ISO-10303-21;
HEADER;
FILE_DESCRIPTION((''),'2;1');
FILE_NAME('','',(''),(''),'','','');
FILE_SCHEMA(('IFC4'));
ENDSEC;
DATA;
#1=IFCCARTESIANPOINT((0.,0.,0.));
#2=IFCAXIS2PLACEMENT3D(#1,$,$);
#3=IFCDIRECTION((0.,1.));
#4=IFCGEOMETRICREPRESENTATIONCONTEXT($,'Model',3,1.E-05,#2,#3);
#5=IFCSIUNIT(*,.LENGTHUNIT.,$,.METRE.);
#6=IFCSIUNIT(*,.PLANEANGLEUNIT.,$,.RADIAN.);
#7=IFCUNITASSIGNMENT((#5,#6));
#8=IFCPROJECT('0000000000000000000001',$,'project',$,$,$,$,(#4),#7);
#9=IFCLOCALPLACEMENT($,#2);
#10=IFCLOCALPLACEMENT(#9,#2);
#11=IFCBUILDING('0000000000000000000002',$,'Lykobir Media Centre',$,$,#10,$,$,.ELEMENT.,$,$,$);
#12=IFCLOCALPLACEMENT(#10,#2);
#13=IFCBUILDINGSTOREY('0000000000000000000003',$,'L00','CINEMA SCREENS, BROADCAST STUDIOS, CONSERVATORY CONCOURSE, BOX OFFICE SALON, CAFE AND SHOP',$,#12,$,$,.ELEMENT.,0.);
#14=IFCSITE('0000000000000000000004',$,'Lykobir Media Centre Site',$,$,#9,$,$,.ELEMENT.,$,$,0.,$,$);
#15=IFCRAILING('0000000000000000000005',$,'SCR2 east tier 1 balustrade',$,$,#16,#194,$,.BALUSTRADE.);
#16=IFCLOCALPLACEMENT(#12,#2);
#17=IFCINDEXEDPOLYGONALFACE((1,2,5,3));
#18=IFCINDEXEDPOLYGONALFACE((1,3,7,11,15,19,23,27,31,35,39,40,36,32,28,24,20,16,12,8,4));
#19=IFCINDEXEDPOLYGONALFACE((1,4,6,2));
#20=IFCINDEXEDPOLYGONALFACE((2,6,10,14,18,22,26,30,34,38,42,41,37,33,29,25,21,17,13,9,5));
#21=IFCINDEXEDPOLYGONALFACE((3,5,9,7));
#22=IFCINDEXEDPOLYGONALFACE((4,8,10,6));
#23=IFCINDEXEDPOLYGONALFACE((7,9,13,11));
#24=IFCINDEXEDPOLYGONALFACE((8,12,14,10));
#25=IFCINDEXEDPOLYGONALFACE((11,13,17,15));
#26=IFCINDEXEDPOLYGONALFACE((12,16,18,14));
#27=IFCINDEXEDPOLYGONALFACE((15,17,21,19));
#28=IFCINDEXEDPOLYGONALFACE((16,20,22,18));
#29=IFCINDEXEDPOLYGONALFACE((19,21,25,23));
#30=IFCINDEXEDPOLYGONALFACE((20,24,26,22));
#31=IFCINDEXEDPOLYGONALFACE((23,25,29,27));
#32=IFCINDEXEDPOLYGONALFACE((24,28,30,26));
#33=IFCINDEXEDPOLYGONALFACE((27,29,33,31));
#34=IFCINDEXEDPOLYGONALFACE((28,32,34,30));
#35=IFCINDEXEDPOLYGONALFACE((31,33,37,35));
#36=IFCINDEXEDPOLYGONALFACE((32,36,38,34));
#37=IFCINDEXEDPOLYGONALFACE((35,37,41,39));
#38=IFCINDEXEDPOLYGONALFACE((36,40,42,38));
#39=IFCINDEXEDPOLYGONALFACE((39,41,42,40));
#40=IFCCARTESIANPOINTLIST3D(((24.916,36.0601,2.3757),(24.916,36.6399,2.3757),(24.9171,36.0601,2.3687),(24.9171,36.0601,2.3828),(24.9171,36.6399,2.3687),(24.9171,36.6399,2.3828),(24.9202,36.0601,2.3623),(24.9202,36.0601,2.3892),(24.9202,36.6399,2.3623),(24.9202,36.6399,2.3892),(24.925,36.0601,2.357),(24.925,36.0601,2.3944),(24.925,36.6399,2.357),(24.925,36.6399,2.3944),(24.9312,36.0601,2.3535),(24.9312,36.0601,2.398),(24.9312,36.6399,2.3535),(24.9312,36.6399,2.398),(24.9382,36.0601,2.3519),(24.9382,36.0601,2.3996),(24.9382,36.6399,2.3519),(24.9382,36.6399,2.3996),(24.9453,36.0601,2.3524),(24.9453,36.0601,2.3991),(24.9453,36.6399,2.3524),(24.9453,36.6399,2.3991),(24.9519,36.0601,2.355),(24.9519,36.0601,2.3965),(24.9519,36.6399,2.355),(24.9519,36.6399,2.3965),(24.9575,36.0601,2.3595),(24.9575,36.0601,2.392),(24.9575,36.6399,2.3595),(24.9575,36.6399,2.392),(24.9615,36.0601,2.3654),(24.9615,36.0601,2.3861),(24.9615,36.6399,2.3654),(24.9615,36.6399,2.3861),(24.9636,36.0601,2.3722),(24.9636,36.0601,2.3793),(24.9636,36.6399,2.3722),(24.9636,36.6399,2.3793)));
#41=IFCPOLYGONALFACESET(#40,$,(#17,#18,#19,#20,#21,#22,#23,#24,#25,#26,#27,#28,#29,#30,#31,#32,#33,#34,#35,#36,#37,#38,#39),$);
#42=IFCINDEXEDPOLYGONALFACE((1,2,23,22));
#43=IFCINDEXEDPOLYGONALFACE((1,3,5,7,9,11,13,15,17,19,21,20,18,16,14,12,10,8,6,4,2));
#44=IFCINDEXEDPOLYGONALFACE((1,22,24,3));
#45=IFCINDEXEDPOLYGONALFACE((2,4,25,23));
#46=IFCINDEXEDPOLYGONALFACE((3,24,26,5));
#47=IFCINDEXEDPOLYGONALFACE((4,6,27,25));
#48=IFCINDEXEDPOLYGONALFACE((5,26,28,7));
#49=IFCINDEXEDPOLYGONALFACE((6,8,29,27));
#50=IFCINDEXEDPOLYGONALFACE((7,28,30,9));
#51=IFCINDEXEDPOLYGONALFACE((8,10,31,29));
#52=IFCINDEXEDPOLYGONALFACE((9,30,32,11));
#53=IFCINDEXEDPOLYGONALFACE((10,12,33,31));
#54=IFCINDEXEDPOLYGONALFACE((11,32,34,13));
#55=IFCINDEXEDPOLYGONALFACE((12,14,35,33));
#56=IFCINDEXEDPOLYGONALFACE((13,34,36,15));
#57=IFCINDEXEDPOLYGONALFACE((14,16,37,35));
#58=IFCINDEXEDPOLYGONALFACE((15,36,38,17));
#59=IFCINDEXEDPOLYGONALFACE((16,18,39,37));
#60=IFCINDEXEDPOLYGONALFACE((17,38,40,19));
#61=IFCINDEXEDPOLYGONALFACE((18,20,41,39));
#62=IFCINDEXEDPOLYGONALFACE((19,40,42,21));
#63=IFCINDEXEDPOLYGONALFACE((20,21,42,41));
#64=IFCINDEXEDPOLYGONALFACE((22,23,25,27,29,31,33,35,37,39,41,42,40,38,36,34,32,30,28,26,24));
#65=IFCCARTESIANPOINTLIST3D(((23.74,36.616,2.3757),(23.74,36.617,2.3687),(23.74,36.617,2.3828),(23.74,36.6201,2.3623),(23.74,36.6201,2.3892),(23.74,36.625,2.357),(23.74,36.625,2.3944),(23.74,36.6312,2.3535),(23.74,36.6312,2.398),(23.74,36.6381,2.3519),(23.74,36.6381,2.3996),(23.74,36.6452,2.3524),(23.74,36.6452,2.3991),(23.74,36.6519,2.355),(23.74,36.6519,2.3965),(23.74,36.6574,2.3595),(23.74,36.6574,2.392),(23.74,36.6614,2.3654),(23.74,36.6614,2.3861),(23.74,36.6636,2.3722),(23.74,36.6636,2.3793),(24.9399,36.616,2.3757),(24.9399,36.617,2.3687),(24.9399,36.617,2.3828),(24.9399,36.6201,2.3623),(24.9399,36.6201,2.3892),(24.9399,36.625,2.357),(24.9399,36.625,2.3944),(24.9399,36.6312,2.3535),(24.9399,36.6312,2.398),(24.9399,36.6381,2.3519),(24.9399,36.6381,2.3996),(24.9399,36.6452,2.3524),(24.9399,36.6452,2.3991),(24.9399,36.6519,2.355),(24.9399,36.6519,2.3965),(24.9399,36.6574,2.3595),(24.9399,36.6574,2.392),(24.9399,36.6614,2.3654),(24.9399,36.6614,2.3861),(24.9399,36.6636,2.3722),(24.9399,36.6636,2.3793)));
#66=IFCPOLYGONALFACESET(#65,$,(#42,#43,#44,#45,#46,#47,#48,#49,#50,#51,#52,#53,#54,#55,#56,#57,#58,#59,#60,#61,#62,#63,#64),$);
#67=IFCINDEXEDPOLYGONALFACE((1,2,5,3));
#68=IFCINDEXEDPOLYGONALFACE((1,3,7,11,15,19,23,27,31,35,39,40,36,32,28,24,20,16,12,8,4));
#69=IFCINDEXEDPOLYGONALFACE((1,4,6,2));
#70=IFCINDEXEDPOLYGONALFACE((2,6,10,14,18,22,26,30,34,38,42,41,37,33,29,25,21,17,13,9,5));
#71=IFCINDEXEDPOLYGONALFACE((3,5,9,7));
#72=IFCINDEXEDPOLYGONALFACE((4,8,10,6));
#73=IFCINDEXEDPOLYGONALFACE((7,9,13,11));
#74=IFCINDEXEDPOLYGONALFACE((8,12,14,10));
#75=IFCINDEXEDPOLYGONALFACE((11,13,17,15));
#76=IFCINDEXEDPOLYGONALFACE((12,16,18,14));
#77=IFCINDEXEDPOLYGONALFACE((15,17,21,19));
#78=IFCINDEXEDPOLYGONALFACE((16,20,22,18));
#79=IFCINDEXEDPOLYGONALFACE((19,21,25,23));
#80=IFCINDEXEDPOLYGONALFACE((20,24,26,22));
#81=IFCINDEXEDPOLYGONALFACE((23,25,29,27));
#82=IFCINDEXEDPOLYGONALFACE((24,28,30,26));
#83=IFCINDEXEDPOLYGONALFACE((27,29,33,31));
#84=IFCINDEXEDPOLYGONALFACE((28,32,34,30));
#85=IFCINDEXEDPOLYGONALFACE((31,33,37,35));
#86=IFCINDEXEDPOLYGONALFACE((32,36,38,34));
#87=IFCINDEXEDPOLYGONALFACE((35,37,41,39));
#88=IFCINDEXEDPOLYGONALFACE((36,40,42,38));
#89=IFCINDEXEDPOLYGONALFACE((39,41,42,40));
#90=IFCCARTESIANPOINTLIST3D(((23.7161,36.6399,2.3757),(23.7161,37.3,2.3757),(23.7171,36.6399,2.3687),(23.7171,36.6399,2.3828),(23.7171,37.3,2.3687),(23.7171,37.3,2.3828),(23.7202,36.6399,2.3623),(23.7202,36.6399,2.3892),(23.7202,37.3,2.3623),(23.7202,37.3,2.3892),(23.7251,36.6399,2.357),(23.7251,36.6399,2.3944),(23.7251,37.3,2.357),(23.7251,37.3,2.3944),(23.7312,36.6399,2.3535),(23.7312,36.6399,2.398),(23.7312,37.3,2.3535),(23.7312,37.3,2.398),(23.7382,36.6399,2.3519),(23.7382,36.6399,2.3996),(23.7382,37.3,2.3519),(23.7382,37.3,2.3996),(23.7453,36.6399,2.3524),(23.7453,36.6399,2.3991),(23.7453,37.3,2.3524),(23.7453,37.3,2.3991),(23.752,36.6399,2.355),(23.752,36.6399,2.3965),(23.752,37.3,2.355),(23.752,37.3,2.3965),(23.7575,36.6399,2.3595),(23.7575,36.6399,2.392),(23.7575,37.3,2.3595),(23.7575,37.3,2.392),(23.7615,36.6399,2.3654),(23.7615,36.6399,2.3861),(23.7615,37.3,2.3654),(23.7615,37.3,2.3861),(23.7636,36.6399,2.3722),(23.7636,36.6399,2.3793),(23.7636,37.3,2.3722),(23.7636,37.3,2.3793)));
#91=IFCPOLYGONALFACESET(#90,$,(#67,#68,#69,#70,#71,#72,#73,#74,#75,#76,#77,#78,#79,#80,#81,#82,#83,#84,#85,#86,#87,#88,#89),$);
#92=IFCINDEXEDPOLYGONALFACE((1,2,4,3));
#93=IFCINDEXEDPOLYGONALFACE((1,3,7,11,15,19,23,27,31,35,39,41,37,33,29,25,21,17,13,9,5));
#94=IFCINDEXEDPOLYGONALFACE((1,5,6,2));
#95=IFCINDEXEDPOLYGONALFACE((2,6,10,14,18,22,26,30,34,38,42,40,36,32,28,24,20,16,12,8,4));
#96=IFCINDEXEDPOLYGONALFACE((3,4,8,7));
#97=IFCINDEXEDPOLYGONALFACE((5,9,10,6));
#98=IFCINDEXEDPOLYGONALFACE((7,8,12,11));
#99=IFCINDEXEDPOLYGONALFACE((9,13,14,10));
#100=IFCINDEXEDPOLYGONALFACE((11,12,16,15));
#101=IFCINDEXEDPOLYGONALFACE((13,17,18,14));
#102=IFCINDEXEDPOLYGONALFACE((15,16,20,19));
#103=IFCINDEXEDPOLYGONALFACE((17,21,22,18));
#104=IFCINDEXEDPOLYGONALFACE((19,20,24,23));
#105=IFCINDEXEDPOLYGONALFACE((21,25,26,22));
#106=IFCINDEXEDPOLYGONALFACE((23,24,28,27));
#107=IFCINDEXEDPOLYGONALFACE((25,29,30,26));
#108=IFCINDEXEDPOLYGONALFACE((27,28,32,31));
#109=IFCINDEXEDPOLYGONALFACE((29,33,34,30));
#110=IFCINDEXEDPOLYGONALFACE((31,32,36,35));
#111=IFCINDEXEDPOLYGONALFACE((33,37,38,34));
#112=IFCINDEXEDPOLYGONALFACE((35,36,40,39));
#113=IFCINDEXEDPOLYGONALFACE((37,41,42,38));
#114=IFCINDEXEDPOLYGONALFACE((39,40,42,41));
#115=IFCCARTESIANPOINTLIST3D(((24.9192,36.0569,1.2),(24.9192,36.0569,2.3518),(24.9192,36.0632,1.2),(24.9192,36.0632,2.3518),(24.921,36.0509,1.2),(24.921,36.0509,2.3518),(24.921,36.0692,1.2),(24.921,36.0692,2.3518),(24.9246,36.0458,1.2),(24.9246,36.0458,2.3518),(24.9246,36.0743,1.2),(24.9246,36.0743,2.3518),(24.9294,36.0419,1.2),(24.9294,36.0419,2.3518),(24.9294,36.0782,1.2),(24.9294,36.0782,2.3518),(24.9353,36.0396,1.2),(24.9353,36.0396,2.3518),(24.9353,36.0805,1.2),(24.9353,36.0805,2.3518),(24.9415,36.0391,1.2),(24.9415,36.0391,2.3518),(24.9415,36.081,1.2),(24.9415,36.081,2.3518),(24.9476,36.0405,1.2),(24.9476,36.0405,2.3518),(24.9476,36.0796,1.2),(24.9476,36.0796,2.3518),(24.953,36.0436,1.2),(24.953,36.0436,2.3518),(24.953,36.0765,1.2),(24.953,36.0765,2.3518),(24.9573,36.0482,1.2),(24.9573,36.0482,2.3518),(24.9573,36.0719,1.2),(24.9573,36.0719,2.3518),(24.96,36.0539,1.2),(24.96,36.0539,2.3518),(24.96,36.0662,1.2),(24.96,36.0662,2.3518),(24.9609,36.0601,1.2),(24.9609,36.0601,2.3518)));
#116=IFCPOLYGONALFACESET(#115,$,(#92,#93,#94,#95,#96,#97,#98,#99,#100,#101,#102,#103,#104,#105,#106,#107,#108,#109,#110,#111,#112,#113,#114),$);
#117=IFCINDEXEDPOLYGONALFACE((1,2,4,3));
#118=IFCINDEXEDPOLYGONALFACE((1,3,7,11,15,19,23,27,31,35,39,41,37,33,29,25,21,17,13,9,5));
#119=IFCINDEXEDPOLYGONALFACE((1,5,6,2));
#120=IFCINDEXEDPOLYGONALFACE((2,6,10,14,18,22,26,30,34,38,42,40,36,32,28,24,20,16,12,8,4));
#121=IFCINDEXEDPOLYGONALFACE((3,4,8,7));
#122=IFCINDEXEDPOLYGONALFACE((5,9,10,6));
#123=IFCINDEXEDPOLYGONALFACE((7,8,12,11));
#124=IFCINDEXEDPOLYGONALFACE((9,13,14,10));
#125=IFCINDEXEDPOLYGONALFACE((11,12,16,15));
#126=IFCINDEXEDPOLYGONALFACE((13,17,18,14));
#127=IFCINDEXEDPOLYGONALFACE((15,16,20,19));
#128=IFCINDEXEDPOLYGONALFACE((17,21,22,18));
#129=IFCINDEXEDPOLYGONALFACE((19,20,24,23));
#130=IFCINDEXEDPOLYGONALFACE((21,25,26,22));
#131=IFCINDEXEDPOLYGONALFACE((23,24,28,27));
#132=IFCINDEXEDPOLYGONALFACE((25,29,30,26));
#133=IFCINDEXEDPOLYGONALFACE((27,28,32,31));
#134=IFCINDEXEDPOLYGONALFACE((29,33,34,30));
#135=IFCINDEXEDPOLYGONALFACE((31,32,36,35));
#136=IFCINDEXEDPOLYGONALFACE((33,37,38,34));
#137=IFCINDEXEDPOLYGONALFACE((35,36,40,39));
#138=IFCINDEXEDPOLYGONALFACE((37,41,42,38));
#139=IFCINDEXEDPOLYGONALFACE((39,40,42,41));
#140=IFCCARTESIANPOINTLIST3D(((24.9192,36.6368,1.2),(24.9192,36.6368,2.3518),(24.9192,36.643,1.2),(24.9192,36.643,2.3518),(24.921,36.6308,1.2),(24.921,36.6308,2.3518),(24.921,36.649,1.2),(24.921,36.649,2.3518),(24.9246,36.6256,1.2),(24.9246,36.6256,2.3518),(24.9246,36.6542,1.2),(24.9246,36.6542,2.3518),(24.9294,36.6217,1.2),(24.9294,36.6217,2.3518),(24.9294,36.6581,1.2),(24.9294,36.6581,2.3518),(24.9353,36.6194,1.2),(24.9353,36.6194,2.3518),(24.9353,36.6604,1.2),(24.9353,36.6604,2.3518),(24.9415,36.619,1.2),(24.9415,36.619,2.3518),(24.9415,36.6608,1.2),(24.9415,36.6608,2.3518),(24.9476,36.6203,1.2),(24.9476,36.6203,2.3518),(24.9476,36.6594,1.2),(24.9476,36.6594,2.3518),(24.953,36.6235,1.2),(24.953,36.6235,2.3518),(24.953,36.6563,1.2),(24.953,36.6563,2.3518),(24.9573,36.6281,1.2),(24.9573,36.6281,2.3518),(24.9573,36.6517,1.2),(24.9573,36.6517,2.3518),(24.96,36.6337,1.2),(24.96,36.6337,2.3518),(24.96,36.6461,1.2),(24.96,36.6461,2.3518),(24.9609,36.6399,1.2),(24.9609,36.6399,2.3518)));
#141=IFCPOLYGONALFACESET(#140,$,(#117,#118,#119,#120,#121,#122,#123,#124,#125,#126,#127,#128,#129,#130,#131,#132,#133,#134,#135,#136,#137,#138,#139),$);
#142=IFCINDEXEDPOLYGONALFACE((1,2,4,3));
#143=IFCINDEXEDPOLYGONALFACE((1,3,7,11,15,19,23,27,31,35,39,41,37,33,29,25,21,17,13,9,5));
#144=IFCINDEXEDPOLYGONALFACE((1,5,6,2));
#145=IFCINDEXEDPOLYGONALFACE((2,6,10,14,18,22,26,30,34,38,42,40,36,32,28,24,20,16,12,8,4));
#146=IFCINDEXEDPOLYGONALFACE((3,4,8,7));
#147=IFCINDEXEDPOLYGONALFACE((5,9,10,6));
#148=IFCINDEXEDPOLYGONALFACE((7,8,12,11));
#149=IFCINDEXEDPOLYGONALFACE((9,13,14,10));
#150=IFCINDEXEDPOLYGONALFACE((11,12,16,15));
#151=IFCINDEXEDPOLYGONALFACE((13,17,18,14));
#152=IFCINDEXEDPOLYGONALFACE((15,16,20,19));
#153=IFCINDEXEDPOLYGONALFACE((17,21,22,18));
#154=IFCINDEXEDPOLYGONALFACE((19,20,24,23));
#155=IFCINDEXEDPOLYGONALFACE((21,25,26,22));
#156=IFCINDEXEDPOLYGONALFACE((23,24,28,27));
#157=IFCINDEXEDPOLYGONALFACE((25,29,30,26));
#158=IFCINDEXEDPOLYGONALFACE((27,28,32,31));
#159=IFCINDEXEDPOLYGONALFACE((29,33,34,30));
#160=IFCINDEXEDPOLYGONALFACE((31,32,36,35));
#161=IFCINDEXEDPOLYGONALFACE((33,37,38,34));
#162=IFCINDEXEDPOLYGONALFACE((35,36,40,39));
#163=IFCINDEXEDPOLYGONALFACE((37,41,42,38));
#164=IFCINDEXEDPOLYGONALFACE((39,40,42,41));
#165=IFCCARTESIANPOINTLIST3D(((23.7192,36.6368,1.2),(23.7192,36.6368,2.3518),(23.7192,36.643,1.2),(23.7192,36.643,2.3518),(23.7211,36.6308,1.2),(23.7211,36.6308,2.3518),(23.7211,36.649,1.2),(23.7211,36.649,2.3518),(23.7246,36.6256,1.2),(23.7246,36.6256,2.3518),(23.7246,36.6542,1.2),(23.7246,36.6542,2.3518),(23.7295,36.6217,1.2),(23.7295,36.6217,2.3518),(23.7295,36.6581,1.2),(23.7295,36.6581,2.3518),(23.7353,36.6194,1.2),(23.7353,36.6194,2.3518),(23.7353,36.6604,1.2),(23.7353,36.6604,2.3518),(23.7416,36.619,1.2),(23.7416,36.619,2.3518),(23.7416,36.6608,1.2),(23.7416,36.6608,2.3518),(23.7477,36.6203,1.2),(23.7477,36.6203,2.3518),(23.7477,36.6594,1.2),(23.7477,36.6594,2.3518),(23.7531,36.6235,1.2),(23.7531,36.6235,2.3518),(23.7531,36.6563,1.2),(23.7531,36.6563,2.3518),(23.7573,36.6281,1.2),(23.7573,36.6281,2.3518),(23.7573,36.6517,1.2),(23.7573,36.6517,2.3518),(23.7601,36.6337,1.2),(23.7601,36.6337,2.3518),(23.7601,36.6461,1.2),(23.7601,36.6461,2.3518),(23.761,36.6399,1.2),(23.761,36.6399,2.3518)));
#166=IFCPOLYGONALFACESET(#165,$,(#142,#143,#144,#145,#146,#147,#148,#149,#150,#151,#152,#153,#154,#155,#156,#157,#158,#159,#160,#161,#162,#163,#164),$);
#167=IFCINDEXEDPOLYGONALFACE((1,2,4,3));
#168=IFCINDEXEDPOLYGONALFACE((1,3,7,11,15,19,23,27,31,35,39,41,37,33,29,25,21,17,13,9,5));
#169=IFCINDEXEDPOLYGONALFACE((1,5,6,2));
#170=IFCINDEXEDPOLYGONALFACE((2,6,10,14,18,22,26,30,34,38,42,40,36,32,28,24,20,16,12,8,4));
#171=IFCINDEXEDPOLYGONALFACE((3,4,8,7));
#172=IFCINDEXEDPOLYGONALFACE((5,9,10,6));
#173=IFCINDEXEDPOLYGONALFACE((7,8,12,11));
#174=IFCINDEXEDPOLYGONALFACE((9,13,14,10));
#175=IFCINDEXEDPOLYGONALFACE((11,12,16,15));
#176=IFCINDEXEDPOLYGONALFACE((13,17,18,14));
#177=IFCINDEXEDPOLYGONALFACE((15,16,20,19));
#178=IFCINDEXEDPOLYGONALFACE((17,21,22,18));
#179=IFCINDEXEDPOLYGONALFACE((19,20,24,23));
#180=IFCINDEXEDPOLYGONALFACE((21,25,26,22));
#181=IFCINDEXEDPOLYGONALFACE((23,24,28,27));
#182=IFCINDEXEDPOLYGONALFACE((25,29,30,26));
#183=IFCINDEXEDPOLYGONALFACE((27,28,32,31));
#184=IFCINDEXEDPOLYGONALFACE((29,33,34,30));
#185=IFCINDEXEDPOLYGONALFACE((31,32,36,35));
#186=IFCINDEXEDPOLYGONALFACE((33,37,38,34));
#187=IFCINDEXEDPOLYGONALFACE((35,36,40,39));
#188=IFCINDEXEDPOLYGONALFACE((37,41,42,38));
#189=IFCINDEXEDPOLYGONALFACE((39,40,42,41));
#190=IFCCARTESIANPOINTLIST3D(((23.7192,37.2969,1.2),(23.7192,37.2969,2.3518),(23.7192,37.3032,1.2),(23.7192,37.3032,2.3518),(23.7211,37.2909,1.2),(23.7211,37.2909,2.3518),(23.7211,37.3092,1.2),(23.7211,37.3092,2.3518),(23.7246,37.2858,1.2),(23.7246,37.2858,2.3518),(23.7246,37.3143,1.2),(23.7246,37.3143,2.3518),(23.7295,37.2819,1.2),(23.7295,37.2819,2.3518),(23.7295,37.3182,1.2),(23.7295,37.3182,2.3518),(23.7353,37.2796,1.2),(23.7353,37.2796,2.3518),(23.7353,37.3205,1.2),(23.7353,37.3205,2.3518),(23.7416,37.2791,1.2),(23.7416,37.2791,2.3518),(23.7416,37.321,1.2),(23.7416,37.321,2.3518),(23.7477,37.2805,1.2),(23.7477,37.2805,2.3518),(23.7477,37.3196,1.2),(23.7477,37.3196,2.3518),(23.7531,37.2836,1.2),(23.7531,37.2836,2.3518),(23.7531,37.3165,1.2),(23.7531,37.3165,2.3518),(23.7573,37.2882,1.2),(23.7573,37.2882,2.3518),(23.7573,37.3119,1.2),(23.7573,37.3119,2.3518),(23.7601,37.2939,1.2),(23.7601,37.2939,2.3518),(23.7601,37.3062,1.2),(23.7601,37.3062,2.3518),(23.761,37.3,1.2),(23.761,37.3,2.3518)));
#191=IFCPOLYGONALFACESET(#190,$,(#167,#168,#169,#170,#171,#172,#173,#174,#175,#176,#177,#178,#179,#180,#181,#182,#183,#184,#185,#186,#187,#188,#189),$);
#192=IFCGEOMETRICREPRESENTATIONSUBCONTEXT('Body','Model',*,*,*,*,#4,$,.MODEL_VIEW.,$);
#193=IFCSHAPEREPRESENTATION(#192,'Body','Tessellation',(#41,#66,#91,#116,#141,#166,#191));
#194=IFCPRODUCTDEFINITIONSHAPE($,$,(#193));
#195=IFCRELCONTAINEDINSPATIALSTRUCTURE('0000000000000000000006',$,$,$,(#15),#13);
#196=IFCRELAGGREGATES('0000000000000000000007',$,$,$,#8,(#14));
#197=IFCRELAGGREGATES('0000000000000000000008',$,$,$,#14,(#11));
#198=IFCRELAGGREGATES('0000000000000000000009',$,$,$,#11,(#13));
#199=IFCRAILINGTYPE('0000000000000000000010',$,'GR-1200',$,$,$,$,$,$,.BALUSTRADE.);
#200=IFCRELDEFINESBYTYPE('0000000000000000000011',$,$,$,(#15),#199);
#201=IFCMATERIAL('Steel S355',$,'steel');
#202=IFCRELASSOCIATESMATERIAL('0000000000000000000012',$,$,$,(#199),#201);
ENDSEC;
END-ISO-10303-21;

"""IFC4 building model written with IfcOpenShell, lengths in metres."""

from ifc_helpers import new_model, si_unit, direction, frame, origin, origin_2d, place, context, subcontext, project, spatial, circle, extrude, material, type_object, element, save


model = new_model("IFC4")

# Units and contexts
model_context = context("Model", 3, precision=1e-05, world=origin(), true_north=direction((0.0, 1.0)))
body_context = subcontext(model_context, "Body", "Model", "MODEL_VIEW")
ifc_project = project(units=[si_unit("LENGTHUNIT", "METRE"), si_unit("PLANEANGLEUNIT", "RADIAN")], contexts=[model_context])

# Site, building, storey
site_placement = place(None, origin())
site = spatial("IfcSite", under=ifc_project, at=site_placement, Name="Lykobir Media Centre Site", CompositionType="ELEMENT", RefElevation=0.0)
building_placement = place(site_placement, origin())
building = spatial("IfcBuilding", under=site, at=building_placement, Name="Lykobir Media Centre", CompositionType="ELEMENT")
storey_placement = place(building_placement, origin())
storey = spatial("IfcBuildingStorey", under=building, at=storey_placement, Name="L00", Description="CINEMA SCREENS, BROADCAST STUDIOS, CONSERVATORY CONCOURSE, BOX OFFICE SALON, CAFE AND SHOP", CompositionType="ELEMENT", Elevation=0.0)

# Shared definitions
ifc_material_1 = material(Name="Steel S355", Category="steel")

# Railing
railing_type = type_object("IfcRailingType", Name="GR-1200", PredefinedType="BALUSTRADE", material=ifc_material_1)
railing_1_placement = place(storey_placement, frame((24.9399, 36.0601, 1.2)))
element("IfcRailing", 1, at=railing_1_placement, inside=storey, type_object=railing_type, Name="SCR2 east tier 1 balustrade", PredefinedType="BALUSTRADE", context=body_context, shape_type="SweptSolid", body=[
    extrude(circle(Radius=0.0239, at=origin_2d()), frame((0.0, 0.0, 1.1758), z_axis=(0.0, 1.0, 0.0), x_axis=(-1.0, 0.0, 0.0)), (0.0, 0.0, 1.0), 0.5798),
    extrude(circle(Radius=0.0239, at=origin_2d()), frame((0.0, 0.5798, 1.1758), z_axis=(-1.0, 0.0, 0.0), x_axis=(0.0, -1.0, 0.0)), (0.0, 0.0, 1.0), 1.2),
    extrude(circle(Radius=0.0239, at=origin_2d()), frame((-1.2, 0.5798, 1.1758), z_axis=(0.0, 1.0, 0.0), x_axis=(-1.0, 0.0, 0.0)), (0.0, 0.0, 1.0), 0.6602),
    extrude(circle(Radius=0.021, at=origin_2d()), origin(), (0.0, 0.0, 1.0), 1.1519),
    extrude(circle(Radius=0.021, at=origin_2d()), frame((0.0, 0.5798, 0.0)), (0.0, 0.0, 1.0), 1.1519),
    extrude(circle(Radius=0.021, at=origin_2d()), frame((-1.2, 0.5798, 0.0)), (0.0, 0.0, 1.0), 1.1519),
    extrude(circle(Radius=0.021, at=origin_2d()), frame((-1.2, 1.24, 0.0)), (0.0, 0.0, 1.0), 1.1519),
])

save(model, "model.ifc")
